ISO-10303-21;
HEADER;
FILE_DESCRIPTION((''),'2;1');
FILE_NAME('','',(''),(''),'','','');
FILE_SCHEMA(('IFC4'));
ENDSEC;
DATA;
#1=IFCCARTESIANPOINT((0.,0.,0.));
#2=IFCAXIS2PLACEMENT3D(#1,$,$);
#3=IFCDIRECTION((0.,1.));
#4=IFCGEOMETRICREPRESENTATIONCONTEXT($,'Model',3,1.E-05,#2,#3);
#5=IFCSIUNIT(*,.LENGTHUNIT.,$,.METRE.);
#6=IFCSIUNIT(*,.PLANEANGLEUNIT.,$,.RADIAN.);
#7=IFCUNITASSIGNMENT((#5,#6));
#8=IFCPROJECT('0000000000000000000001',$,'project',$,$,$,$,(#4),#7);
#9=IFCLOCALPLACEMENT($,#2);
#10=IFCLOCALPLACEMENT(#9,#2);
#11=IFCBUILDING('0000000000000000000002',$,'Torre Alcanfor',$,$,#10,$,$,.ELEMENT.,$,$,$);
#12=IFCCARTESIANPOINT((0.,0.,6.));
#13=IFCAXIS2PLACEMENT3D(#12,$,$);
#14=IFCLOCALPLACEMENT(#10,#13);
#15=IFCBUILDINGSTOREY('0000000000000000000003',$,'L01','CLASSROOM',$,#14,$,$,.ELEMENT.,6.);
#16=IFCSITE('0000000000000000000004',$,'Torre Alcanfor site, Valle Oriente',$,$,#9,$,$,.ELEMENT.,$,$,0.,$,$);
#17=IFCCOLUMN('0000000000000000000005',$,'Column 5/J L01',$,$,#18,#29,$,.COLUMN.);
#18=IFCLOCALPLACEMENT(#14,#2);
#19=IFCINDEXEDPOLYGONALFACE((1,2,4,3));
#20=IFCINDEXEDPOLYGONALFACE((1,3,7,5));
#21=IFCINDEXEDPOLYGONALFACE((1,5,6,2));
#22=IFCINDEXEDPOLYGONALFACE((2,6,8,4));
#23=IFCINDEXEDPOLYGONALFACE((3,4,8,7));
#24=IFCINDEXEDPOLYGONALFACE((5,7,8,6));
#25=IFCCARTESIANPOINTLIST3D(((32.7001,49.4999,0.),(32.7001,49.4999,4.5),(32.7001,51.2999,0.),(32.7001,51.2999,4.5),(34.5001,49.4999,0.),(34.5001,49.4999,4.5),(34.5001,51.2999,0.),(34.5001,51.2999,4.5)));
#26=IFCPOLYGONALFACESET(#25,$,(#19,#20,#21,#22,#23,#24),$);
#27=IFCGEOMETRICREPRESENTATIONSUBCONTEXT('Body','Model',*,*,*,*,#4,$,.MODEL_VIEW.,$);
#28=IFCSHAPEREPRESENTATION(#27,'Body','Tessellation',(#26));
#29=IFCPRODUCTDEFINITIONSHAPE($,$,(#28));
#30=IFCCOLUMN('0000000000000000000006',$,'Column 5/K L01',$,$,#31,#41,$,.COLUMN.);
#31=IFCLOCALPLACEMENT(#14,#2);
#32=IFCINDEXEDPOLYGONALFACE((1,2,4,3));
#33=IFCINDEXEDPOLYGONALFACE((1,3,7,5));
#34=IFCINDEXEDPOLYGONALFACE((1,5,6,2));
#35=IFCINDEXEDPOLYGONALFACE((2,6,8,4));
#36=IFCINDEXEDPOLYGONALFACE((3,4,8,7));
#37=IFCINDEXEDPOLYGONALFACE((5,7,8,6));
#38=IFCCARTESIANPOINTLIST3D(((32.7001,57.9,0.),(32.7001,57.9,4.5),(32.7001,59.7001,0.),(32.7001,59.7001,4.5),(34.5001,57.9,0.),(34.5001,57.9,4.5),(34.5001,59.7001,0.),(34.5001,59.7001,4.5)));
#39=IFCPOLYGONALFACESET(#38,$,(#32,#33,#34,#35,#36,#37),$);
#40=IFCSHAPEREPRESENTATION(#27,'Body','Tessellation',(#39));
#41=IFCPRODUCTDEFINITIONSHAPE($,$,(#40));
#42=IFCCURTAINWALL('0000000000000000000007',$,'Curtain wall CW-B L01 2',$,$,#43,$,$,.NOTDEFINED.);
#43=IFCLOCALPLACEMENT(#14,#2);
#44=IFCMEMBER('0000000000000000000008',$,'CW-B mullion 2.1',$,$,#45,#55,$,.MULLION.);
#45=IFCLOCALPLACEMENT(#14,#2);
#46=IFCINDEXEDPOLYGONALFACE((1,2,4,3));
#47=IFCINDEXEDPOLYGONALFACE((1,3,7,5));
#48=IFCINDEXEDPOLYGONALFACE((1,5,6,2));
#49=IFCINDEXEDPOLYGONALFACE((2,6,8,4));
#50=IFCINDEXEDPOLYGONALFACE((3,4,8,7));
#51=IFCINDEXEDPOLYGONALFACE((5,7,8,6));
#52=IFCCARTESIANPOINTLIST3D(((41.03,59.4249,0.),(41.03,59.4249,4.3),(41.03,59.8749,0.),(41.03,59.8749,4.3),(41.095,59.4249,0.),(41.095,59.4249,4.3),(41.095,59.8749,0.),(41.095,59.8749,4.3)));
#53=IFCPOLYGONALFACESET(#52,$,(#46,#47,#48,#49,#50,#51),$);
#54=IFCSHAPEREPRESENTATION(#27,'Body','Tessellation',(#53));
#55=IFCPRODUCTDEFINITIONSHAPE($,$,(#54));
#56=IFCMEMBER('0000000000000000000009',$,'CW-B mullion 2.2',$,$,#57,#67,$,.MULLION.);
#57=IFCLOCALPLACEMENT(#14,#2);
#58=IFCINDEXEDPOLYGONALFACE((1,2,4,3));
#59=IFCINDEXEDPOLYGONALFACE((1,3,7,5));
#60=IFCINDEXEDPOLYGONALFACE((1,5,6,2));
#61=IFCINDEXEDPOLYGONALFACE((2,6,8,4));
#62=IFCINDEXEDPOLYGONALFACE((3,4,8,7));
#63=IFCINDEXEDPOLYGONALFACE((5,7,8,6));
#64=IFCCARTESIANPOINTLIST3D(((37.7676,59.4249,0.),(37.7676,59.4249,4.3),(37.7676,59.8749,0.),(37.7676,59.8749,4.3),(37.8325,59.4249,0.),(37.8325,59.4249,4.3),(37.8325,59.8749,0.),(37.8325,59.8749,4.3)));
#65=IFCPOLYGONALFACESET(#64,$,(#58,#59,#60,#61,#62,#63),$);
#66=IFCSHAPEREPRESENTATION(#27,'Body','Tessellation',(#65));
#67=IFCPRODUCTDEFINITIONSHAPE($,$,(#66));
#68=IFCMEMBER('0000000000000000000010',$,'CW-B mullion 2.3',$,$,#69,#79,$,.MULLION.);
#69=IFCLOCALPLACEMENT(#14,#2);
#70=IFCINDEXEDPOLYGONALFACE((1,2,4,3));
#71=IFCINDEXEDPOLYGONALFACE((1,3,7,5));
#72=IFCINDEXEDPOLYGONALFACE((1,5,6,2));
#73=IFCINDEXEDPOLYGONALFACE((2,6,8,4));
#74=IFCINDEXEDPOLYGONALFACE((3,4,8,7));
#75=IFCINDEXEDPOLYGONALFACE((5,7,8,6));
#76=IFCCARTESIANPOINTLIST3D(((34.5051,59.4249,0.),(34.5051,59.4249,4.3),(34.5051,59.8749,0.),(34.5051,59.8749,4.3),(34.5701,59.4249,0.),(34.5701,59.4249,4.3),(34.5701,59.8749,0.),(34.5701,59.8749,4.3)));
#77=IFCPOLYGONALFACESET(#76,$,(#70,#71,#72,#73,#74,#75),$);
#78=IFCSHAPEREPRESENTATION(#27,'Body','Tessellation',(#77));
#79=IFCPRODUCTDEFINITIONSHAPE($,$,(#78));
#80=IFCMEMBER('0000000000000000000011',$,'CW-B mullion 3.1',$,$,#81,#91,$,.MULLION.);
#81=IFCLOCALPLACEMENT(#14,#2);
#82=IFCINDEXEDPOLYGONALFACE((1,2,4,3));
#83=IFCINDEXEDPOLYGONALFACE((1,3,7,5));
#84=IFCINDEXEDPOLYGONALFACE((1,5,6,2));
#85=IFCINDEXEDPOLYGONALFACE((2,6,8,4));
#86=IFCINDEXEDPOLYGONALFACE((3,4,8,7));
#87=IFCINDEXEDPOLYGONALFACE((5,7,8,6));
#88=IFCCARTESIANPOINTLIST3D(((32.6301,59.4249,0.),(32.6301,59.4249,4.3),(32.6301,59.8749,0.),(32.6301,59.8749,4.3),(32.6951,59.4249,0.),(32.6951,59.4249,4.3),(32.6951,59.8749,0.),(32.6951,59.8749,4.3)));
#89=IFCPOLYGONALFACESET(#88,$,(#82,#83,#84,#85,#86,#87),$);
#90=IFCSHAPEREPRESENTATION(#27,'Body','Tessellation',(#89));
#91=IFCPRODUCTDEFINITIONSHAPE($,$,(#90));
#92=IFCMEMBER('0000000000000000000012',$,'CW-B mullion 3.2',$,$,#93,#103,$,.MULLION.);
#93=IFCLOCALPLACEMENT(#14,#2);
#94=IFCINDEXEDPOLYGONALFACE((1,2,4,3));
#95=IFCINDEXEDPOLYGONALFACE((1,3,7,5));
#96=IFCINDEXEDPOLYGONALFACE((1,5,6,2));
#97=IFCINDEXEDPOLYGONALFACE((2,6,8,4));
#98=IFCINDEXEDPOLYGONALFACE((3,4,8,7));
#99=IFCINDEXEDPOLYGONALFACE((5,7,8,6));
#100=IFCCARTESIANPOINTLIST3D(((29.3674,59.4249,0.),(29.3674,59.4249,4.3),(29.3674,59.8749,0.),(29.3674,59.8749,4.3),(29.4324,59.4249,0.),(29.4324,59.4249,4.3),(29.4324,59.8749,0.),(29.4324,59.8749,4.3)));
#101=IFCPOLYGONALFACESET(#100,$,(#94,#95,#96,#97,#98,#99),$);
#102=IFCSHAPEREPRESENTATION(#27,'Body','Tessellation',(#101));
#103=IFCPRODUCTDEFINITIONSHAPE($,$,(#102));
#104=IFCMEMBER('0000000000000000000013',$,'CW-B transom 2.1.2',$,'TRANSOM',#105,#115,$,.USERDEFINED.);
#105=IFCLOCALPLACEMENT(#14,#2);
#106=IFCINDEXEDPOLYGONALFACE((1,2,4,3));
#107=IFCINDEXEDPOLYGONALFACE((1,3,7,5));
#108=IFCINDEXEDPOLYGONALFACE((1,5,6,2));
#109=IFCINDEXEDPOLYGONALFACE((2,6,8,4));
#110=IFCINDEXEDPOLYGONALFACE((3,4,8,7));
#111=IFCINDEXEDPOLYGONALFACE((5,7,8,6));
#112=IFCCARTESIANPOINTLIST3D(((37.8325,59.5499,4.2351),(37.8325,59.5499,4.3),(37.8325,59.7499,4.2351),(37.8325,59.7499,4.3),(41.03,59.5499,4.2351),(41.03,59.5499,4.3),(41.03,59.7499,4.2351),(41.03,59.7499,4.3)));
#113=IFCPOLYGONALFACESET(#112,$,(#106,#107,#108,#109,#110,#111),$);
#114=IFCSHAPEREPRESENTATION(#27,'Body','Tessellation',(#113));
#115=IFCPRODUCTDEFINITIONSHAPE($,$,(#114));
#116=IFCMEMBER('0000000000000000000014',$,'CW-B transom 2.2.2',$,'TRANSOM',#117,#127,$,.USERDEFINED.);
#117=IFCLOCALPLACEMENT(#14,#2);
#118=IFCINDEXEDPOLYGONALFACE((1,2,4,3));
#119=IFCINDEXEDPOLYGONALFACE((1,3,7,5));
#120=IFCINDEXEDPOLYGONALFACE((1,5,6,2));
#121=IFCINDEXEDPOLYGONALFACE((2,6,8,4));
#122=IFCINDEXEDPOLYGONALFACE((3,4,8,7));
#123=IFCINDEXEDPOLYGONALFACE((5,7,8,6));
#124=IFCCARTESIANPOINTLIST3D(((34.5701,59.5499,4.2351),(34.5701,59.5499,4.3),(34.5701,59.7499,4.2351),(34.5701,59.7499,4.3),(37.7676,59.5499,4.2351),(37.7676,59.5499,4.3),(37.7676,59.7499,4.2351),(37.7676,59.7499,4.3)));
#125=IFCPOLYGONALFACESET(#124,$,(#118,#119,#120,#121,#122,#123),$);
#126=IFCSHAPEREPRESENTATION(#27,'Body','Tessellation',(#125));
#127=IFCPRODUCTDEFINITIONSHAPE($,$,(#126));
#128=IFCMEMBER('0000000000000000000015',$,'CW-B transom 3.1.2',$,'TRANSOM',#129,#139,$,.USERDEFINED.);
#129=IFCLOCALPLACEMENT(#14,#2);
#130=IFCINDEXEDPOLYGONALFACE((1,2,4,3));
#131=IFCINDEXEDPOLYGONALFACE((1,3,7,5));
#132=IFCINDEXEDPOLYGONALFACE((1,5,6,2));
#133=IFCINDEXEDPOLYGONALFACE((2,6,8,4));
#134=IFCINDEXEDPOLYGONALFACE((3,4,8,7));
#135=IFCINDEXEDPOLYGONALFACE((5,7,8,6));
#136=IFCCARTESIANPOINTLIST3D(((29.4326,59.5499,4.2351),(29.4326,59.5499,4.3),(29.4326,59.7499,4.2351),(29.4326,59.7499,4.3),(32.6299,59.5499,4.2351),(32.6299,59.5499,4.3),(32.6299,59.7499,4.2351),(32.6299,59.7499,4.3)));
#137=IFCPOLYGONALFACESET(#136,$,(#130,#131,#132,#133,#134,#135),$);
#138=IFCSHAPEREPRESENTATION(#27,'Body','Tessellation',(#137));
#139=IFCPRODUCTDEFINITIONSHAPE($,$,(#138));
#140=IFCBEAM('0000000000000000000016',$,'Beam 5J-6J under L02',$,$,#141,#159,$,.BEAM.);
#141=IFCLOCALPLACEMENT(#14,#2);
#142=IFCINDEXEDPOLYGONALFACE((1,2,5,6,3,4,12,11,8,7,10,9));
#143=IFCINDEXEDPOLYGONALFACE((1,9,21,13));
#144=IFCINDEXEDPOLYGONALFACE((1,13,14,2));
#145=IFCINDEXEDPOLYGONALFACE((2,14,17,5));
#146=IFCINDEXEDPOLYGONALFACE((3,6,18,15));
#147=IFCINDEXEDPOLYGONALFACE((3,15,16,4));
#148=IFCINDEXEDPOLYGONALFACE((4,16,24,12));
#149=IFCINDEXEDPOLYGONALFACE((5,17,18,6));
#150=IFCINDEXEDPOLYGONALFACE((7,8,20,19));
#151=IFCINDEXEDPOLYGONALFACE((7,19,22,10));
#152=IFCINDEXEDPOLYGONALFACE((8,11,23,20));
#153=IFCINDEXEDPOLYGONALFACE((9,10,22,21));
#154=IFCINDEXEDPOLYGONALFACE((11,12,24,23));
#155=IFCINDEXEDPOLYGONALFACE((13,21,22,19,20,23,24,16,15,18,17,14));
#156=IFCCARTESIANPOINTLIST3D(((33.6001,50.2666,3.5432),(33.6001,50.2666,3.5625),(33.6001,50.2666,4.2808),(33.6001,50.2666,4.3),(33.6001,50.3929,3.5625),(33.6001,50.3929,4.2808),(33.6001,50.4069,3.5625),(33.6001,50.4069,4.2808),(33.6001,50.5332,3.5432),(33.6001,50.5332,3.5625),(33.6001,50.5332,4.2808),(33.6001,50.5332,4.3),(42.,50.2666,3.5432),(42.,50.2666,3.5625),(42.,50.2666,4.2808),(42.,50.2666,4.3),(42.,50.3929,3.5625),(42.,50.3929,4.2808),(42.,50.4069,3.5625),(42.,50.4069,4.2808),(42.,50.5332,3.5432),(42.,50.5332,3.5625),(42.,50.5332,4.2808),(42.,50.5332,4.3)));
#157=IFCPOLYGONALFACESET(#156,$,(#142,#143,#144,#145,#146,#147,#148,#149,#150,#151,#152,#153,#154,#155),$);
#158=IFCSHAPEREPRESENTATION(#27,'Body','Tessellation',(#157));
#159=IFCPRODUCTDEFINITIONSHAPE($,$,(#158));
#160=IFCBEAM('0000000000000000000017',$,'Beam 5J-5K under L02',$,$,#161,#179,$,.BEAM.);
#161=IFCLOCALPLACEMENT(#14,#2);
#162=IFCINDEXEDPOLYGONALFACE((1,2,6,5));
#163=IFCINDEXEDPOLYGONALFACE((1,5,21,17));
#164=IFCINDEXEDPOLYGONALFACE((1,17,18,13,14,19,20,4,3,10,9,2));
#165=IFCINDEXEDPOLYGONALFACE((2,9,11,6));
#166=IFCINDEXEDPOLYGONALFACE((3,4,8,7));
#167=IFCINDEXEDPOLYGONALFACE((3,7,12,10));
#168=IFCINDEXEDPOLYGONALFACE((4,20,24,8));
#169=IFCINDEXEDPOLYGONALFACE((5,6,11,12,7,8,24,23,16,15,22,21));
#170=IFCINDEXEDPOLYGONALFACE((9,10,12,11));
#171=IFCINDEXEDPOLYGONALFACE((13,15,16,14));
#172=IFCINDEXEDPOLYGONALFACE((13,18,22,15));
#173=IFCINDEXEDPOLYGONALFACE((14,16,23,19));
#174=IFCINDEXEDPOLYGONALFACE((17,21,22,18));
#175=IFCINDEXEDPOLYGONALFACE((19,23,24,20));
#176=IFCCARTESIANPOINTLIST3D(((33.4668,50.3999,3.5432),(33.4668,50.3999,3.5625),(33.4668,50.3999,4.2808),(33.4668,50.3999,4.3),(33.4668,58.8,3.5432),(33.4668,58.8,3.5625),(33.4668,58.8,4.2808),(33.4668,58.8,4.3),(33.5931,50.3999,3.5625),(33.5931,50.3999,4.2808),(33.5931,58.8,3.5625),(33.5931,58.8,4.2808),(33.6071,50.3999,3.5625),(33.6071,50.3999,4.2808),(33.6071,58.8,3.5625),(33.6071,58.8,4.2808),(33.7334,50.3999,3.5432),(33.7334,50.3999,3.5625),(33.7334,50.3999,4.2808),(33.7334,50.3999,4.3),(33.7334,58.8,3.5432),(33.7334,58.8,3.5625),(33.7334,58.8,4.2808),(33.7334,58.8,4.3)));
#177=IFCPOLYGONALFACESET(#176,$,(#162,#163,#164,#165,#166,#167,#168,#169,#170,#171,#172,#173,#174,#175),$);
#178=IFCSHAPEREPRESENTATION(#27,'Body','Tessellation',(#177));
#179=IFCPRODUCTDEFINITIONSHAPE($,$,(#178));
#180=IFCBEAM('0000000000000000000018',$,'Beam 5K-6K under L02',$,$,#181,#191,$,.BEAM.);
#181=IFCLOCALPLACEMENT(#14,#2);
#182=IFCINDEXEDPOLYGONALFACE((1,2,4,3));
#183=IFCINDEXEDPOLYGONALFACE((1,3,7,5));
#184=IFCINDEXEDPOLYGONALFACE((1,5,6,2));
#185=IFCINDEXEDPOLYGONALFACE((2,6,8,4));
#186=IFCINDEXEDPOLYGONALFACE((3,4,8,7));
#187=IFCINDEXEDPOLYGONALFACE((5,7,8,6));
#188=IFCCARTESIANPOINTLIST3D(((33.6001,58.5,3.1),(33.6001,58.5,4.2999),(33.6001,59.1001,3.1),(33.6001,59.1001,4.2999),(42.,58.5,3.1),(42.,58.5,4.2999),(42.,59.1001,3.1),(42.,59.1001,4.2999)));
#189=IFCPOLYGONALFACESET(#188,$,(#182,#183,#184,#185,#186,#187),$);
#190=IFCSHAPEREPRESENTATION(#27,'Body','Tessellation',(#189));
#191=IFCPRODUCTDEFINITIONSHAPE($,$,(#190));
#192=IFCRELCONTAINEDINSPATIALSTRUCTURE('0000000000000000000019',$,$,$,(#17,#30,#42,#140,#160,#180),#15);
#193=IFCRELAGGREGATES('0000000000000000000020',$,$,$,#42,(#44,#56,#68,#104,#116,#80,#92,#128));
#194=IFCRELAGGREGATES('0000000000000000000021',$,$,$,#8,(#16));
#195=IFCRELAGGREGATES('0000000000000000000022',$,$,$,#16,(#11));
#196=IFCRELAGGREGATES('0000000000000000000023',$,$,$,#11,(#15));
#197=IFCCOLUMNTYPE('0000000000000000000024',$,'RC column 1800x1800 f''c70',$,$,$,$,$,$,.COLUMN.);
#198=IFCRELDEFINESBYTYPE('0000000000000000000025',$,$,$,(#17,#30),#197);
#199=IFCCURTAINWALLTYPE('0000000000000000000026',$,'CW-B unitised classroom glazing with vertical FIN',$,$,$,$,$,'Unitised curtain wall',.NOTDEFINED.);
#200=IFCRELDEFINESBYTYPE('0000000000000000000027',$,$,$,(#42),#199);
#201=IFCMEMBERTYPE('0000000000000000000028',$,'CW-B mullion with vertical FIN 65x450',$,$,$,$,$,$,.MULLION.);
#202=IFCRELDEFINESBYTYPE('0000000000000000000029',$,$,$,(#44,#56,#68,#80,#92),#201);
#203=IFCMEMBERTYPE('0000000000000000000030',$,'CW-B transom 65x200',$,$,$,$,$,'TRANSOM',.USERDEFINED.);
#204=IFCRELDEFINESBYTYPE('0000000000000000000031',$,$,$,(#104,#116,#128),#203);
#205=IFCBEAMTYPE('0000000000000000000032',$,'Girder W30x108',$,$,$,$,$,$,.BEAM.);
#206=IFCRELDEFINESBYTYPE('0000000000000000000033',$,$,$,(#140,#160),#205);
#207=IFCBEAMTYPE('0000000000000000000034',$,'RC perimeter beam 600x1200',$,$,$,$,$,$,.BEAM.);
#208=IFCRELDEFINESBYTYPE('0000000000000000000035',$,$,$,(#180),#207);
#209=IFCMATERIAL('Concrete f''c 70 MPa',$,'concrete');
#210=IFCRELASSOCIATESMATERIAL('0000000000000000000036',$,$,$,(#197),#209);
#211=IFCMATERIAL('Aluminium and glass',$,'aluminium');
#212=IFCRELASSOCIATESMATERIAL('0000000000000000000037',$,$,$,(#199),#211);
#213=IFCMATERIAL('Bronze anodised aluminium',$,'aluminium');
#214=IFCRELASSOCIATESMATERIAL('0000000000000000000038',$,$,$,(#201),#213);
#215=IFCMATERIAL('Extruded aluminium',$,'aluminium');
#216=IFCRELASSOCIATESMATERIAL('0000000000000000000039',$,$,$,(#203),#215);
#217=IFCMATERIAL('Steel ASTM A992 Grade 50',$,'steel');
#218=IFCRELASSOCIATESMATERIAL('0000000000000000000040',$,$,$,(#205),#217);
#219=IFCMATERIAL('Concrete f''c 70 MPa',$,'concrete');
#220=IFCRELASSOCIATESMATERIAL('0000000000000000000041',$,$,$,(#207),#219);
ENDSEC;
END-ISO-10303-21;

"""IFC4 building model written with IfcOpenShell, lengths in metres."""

from ifc_helpers import new_model, si_unit, direction, frame, origin, origin_2d, place, context, subcontext, project, spatial, rectangle, i_section, extrude, material, material_profile, profile_set, type_object, element, aggregate, save


model = new_model("IFC4")

# Units and contexts
model_context = context("Model", 3, precision=1e-05, world=origin(), true_north=direction((0.0, 1.0)))
body_context = subcontext(model_context, "Body", "Model", "MODEL_VIEW")
ifc_project = project(units=[si_unit("LENGTHUNIT", "METRE"), si_unit("PLANEANGLEUNIT", "RADIAN")], contexts=[model_context])

# Site, building, storey
site_placement = place(None, origin())
site = spatial("IfcSite", under=ifc_project, at=site_placement, Name="Torre Alcanfor site, Valle Oriente", CompositionType="ELEMENT", RefElevation=0.0)
building_placement = place(site_placement, origin())
building = spatial("IfcBuilding", under=site, at=building_placement, Name="Torre Alcanfor", CompositionType="ELEMENT")
storey_placement = place(building_placement, frame((0.0, 0.0, 6.0)))
storey = spatial("IfcBuildingStorey", under=building, at=storey_placement, Name="L01", Description="CLASSROOM", CompositionType="ELEMENT", Elevation=6.0)

# Columns
ifc_material_1 = material(Name="Concrete f'c 70 MPa", Category="concrete")
ifc_material_profile_1 = material_profile(ifc_material_1, rectangle(XDim=1.8, YDim=1.8, at=origin_2d()), Name="1800x1800")
ifc_profile_set_1 = profile_set([ifc_material_profile_1], Name="Concrete f'c 70 MPa")
column_type = type_object("IfcColumnType", Name="RC column 1800x1800 f'c70", PredefinedType="COLUMN", material=ifc_profile_set_1)
for number, where, z_axis, x_axis, name in (
    (1, (33.6001, 50.3999, 0.0), (0.0, 0.0, 1.0), (1.0, 0.0, 0.0), "Column 5/J L01"),
    (2, (33.6001, 58.8, 0.0), (0.0, 0.0, 1.0), (1.0, 0.0, 0.0), "Column 5/K L01"),
):
    element("IfcColumn", number, at=place(storey_placement, frame(where, z_axis=z_axis, x_axis=x_axis)), inside=storey, type_object=column_type, Name=name, PredefinedType="COLUMN", context=body_context, shape_type="SweptSolid", body=[
        extrude(rectangle(XDim=1.8, YDim=1.8, at=origin_2d()), origin(), (0.0, 0.0, 1.0), 4.5),
    ])

# Curtain wall, members
ifc_material_2 = material(Name="Aluminium and glass", Category="aluminium")
curtain_wall_type = type_object("IfcCurtainWallType", Name="CW-B unitised classroom glazing with vertical FIN", ElementType="Unitised curtain wall", PredefinedType="NOTDEFINED", material=ifc_material_2)
curtain_wall_placement = place(storey_placement, origin())
curtain_wall = element("IfcCurtainWall", 3, at=curtain_wall_placement, inside=storey, type_object=curtain_wall_type, Name="Curtain wall CW-B L01 2", PredefinedType="NOTDEFINED")
ifc_material_3 = material(Name="Bronze anodised aluminium", Category="aluminium")
ifc_material_profile_2 = material_profile(ifc_material_3, rectangle(XDim=0.45, YDim=0.0649, at=origin_2d()), Name="CW-B mullion 65x450")
ifc_profile_set_2 = profile_set([ifc_material_profile_2], Name="Bronze anodised aluminium")
member_type_1 = type_object("IfcMemberType", Name="CW-B mullion with vertical FIN 65x450", PredefinedType="MULLION", material=ifc_profile_set_2)
member_1_placement = place(storey_placement, frame((41.0625, 59.6499, 0.0), z_axis=(0.0, 0.0, 1.0), x_axis=(0.0, -1.0, 0.0)))
member_1 = element("IfcMember", 4, at=member_1_placement, type_object=member_type_1, Name="CW-B mullion 2.1", PredefinedType="MULLION", context=body_context, shape_type="SweptSolid", body=[
    extrude(rectangle(XDim=0.45, YDim=0.0649, at=origin_2d()), origin(), (0.0, 0.0, 1.0), 4.3),
])
member_2_placement = place(storey_placement, frame((37.8, 59.6499, 0.0), z_axis=(0.0, 0.0, 1.0), x_axis=(0.0, -1.0, 0.0)))
member_2 = element("IfcMember", 5, at=member_2_placement, type_object=member_type_1, Name="CW-B mullion 2.2", PredefinedType="MULLION", context=body_context, shape_type="SweptSolid", body=[
    extrude(rectangle(XDim=0.45, YDim=0.0649, at=origin_2d()), origin(), (0.0, 0.0, 1.0), 4.3),
])
member_3_placement = place(storey_placement, frame((34.5376, 59.6499, 0.0), z_axis=(0.0, 0.0, 1.0), x_axis=(0.0, -1.0, 0.0)))
member_3 = element("IfcMember", 6, at=member_3_placement, type_object=member_type_1, Name="CW-B mullion 2.3", PredefinedType="MULLION", context=body_context, shape_type="SweptSolid", body=[
    extrude(rectangle(XDim=0.45, YDim=0.0649, at=origin_2d()), origin(), (0.0, 0.0, 1.0), 4.3),
])
member_4_placement = place(storey_placement, frame((32.6626, 59.6499, 0.0), z_axis=(0.0, 0.0, 1.0), x_axis=(0.0, -1.0, 0.0)))
member_4 = element("IfcMember", 7, at=member_4_placement, type_object=member_type_1, Name="CW-B mullion 3.1", PredefinedType="MULLION", context=body_context, shape_type="SweptSolid", body=[
    extrude(rectangle(XDim=0.45, YDim=0.0649, at=origin_2d()), origin(), (0.0, 0.0, 1.0), 4.3),
])
member_5_placement = place(storey_placement, frame((29.3999, 59.6499, 0.0), z_axis=(0.0, 0.0, 1.0), x_axis=(0.0, -1.0, 0.0)))
member_5 = element("IfcMember", 8, at=member_5_placement, type_object=member_type_1, Name="CW-B mullion 3.2", PredefinedType="MULLION", context=body_context, shape_type="SweptSolid", body=[
    extrude(rectangle(XDim=0.45, YDim=0.0649, at=origin_2d()), origin(), (0.0, 0.0, 1.0), 4.3),
])
ifc_material_4 = material(Name="Extruded aluminium", Category="aluminium")
ifc_material_profile_3 = material_profile(ifc_material_4, rectangle(XDim=0.2, YDim=0.0649, at=origin_2d()), Name="CW-B transom 200x65")
ifc_profile_set_3 = profile_set([ifc_material_profile_3], Name="Extruded aluminium")
member_type_2 = type_object("IfcMemberType", Name="CW-B transom 65x200", ElementType="TRANSOM", PredefinedType="USERDEFINED", material=ifc_profile_set_3)
member_6_placement = place(storey_placement, frame((41.03, 59.6499, 4.2676), z_axis=(-1.0, 0.0, 0.0), x_axis=(0.0, -1.0, 0.0)))
member_6 = element("IfcMember", 9, at=member_6_placement, type_object=member_type_2, Name="CW-B transom 2.1.2", ObjectType="TRANSOM", PredefinedType="USERDEFINED", context=body_context, shape_type="SweptSolid", body=[
    extrude(rectangle(XDim=0.2, YDim=0.0649, at=origin_2d()), origin(), (0.0, 0.0, 1.0), 3.1975),
])
member_7_placement = place(storey_placement, frame((37.7676, 59.6499, 4.2676), z_axis=(-1.0, 0.0, 0.0), x_axis=(0.0, -1.0, 0.0)))
member_7 = element("IfcMember", 10, at=member_7_placement, type_object=member_type_2, Name="CW-B transom 2.2.2", ObjectType="TRANSOM", PredefinedType="USERDEFINED", context=body_context, shape_type="SweptSolid", body=[
    extrude(rectangle(XDim=0.2, YDim=0.0649, at=origin_2d()), origin(), (0.0, 0.0, 1.0), 3.1975),
])
member_8_placement = place(storey_placement, frame((32.6299, 59.6499, 4.2676), z_axis=(-1.0, 0.0, 0.0), x_axis=(0.0, -1.0, 0.0)))
member_8 = element("IfcMember", 11, at=member_8_placement, type_object=member_type_2, Name="CW-B transom 3.1.2", ObjectType="TRANSOM", PredefinedType="USERDEFINED", context=body_context, shape_type="SweptSolid", body=[
    extrude(rectangle(XDim=0.2, YDim=0.0649, at=origin_2d()), origin(), (0.0, 0.0, 1.0), 3.1973),
])

# Beams
ifc_material_5 = material(Name="Steel ASTM A992 Grade 50", Category="steel")
ifc_material_profile_4 = material_profile(ifc_material_5, i_section(OverallWidth=0.2666, OverallDepth=0.7568, WebThickness=0.0139, FlangeThickness=0.0193, at=origin_2d()), Name="W30x108")
ifc_profile_set_4 = profile_set([ifc_material_profile_4], Name="Steel ASTM A992 Grade 50")
beam_type_1 = type_object("IfcBeamType", Name="Girder W30x108", PredefinedType="BEAM", material=ifc_profile_set_4)
beam_1_placement = place(storey_placement, frame((33.6001, 50.3999, 3.9216), z_axis=(1.0, 0.0, 0.0), x_axis=(0.0, 1.0, 0.0)))
element("IfcBeam", 12, at=beam_1_placement, inside=storey, type_object=beam_type_1, Name="Beam 5J-6J under L02", PredefinedType="BEAM", context=body_context, shape_type="SweptSolid", body=[
    extrude(i_section(OverallWidth=0.2666, OverallDepth=0.7568, WebThickness=0.0139, FlangeThickness=0.0193, at=origin_2d()), origin(), (0.0, 0.0, 1.0), 8.3999),
])
beam_2_placement = place(storey_placement, frame((33.6001, 50.3999, 3.9216), z_axis=(0.0, 1.0, 0.0), x_axis=(-1.0, 0.0, 0.0)))
element("IfcBeam", 13, at=beam_2_placement, inside=storey, type_object=beam_type_1, Name="Beam 5J-5K under L02", PredefinedType="BEAM", context=body_context, shape_type="SweptSolid", body=[
    extrude(i_section(OverallWidth=0.2666, OverallDepth=0.7568, WebThickness=0.0139, FlangeThickness=0.0193, at=origin_2d()), origin(), (0.0, 0.0, 1.0), 8.4001),
])
ifc_material_6 = material(Name="Concrete f'c 70 MPa", Category="concrete")
ifc_material_profile_5 = material_profile(ifc_material_6, rectangle(XDim=0.6001, YDim=1.2, at=origin_2d()), Name="600x1200")
ifc_profile_set_5 = profile_set([ifc_material_profile_5], Name="Concrete f'c 70 MPa")
beam_type_2 = type_object("IfcBeamType", Name="RC perimeter beam 600x1200", PredefinedType="BEAM", material=ifc_profile_set_5)
beam_3_placement = place(storey_placement, frame((33.6001, 58.8, 3.7), z_axis=(1.0, 0.0, 0.0), x_axis=(0.0, 1.0, 0.0)))
element("IfcBeam", 14, at=beam_3_placement, inside=storey, type_object=beam_type_2, Name="Beam 5K-6K under L02", PredefinedType="BEAM", context=body_context, shape_type="SweptSolid", body=[
    extrude(rectangle(XDim=0.6001, YDim=1.2, at=origin_2d()), origin(), (0.0, 0.0, 1.0), 8.3999),
])

aggregate(curtain_wall, [member_1, member_2, member_3, member_6, member_7, member_4, member_5, member_8])

save(model, "model.ifc")
